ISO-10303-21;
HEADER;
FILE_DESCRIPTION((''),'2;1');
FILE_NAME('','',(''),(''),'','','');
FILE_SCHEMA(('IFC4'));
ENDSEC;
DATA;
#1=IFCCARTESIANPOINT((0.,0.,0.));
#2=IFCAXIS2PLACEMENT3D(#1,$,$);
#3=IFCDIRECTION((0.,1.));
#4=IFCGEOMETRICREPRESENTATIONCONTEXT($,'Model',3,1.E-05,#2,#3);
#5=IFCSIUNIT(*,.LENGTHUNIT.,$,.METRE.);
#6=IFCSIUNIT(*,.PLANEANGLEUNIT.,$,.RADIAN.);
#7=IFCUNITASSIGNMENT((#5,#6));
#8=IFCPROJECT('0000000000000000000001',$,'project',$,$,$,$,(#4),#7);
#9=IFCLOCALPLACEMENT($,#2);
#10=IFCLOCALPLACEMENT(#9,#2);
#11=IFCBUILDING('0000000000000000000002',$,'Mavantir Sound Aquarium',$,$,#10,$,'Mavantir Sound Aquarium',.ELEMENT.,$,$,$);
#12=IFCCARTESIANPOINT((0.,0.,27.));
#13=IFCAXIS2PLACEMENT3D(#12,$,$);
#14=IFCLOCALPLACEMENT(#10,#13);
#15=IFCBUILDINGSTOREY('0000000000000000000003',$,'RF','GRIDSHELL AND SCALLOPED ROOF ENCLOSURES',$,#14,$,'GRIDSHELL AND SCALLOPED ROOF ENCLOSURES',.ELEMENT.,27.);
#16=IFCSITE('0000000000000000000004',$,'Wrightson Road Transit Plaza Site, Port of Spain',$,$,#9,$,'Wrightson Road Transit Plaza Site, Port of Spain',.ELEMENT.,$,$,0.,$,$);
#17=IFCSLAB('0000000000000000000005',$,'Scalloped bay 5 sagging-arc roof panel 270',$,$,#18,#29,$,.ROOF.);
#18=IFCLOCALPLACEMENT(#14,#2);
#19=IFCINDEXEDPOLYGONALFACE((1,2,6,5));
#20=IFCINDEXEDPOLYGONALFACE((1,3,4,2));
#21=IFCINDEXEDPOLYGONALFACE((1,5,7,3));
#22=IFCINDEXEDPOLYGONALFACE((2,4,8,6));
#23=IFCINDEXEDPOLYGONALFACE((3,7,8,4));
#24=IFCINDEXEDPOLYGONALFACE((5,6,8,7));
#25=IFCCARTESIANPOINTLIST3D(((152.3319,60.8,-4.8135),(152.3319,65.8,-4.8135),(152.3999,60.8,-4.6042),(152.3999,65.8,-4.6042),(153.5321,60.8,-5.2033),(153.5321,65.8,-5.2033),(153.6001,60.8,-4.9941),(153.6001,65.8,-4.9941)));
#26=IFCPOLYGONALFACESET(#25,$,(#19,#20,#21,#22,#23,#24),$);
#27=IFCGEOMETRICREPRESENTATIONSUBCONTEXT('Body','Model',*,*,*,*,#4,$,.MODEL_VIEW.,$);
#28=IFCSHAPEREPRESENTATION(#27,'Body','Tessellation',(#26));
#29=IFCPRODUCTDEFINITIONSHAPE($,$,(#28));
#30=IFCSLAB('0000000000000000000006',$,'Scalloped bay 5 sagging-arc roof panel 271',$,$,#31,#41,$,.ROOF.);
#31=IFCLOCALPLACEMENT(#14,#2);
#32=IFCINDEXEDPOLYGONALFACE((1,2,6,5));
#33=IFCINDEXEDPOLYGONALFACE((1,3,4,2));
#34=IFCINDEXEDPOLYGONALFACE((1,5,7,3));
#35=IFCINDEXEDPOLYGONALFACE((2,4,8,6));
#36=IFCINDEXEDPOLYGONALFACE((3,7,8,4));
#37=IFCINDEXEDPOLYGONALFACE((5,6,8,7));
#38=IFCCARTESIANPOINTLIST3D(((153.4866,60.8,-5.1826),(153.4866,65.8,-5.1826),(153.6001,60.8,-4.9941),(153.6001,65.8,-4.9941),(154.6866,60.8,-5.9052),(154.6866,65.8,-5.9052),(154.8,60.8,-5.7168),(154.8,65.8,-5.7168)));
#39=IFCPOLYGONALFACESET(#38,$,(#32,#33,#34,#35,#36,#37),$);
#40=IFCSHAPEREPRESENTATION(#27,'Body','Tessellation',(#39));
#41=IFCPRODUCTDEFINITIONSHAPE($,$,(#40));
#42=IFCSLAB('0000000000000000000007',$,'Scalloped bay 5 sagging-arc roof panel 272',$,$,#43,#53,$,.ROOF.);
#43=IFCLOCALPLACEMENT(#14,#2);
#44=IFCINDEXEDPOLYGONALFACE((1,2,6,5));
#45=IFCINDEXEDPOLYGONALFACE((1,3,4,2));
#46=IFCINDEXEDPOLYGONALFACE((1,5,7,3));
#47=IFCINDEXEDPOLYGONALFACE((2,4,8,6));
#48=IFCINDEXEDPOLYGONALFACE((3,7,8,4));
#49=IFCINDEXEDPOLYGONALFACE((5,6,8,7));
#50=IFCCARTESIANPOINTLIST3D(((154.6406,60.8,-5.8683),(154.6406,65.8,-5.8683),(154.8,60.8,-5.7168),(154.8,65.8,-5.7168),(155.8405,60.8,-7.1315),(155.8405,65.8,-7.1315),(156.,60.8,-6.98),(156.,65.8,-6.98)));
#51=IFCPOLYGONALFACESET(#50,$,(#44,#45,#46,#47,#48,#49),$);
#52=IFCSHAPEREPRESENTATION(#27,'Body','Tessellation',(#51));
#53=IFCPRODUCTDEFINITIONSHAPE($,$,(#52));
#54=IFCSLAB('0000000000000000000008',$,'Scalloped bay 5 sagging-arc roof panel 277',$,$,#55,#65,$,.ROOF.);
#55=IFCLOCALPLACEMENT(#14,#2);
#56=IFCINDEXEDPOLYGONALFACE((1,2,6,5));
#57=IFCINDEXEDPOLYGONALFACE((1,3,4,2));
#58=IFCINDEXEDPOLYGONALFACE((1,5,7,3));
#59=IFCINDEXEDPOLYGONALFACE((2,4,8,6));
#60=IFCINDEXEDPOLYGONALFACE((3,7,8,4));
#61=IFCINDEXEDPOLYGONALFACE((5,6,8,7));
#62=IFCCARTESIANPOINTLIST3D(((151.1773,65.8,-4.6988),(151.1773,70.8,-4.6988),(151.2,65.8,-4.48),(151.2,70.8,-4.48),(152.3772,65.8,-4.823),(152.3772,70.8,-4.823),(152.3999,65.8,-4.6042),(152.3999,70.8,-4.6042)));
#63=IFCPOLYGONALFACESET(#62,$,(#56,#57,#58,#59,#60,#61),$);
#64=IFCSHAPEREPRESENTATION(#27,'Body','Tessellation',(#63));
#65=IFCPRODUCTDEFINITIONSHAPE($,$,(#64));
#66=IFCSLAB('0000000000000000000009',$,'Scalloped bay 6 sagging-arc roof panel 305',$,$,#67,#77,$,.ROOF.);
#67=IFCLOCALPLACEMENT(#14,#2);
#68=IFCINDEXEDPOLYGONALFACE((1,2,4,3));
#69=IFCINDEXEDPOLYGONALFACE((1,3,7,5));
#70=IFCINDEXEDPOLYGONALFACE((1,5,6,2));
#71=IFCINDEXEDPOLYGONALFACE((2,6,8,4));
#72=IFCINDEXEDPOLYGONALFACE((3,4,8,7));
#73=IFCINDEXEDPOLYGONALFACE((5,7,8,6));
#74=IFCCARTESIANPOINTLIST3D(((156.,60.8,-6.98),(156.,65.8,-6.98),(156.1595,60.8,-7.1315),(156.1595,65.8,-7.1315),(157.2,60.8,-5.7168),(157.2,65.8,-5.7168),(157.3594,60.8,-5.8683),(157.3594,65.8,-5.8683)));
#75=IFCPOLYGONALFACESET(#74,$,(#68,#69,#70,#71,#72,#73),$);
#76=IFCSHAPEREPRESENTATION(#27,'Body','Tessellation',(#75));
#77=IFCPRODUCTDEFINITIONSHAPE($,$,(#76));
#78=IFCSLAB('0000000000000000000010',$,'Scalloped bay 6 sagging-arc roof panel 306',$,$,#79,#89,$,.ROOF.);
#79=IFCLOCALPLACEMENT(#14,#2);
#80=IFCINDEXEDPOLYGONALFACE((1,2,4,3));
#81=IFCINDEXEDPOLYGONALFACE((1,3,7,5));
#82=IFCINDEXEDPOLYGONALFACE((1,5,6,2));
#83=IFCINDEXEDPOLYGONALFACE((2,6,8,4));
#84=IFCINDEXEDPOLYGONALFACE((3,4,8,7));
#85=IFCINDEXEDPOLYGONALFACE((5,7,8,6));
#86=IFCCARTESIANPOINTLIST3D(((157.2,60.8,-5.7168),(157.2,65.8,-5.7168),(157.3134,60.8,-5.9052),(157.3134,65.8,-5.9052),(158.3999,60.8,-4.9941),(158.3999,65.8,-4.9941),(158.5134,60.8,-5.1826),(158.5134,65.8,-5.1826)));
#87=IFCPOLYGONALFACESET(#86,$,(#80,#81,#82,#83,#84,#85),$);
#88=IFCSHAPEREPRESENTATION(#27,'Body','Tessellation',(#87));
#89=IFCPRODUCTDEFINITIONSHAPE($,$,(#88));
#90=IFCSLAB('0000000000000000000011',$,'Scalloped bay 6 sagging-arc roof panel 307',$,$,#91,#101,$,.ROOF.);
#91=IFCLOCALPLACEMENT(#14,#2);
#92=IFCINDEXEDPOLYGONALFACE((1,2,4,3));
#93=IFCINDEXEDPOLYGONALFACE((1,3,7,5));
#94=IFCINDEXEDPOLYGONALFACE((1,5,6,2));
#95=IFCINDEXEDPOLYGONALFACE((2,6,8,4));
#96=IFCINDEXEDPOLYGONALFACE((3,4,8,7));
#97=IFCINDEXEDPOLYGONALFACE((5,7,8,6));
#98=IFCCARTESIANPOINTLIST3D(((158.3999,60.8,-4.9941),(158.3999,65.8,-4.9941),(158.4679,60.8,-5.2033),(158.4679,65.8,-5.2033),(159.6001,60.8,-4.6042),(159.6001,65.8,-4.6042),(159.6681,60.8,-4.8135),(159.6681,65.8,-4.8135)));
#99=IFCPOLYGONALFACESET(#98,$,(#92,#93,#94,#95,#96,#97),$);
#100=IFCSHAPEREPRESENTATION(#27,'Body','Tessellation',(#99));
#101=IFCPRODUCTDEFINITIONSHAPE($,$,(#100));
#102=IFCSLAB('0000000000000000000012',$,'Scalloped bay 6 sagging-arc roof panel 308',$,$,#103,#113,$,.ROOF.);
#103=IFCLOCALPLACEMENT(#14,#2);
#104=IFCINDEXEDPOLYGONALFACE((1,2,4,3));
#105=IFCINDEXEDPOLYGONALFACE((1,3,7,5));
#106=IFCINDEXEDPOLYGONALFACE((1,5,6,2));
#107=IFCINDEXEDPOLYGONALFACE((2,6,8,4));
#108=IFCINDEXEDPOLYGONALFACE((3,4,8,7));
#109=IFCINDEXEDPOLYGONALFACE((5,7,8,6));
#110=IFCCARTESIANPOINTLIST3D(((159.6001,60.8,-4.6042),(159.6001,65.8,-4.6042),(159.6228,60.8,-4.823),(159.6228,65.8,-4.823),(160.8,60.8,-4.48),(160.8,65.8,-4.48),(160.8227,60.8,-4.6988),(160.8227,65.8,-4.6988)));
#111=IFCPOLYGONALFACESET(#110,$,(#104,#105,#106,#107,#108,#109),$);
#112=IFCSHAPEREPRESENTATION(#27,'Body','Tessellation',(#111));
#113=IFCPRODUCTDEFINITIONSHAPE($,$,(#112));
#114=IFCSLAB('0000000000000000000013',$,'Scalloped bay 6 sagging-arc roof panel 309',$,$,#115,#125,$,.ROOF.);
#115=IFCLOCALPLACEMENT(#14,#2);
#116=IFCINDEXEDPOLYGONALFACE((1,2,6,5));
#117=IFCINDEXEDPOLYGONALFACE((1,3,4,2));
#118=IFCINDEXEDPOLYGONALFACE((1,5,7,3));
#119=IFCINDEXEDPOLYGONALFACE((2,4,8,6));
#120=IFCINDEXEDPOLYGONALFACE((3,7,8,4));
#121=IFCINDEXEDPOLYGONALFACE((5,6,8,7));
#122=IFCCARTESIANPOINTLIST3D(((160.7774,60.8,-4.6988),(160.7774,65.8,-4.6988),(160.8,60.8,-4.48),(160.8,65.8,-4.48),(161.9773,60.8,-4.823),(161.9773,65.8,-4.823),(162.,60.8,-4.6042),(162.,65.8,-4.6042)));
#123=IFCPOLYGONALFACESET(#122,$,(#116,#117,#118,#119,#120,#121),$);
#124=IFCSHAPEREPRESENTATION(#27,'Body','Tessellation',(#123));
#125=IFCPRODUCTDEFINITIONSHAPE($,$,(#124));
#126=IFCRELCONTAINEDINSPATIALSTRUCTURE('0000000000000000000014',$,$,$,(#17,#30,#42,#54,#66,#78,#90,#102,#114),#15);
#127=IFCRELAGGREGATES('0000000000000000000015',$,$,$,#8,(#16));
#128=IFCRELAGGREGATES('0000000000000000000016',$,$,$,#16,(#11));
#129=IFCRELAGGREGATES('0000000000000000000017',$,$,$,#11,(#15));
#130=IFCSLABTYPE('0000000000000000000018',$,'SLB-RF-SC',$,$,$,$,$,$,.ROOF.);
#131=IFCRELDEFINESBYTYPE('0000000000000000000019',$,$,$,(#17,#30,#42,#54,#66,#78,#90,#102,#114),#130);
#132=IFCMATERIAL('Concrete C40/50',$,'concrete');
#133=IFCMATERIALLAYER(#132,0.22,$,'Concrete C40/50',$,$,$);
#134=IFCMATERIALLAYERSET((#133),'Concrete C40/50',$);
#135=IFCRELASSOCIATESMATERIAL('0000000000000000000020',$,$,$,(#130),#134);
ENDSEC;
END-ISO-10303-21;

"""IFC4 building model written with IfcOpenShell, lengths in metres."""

from ifc_helpers import new_model, si_unit, direction, frame, origin, place, context, subcontext, project, spatial, polyline, outline, extrude, material, layer, layer_set, type_object, element, save


model = new_model("IFC4")

# Units and contexts
model_context = context("Model", 3, precision=1e-05, world=origin(), true_north=direction((0.0, 1.0)))
body_context = subcontext(model_context, "Body", "Model", "MODEL_VIEW")
ifc_project = project(units=[si_unit("LENGTHUNIT", "METRE"), si_unit("PLANEANGLEUNIT", "RADIAN")], contexts=[model_context])

# Site, building, storey
site_placement = place(None, origin())
site = spatial("IfcSite", under=ifc_project, at=site_placement, Name="Wrightson Road Transit Plaza Site, Port of Spain", LongName="Wrightson Road Transit Plaza Site, Port of Spain", CompositionType="ELEMENT", RefElevation=0.0)
building_placement = place(site_placement, origin())
building = spatial("IfcBuilding", under=site, at=building_placement, Name="Mavantir Sound Aquarium", LongName="Mavantir Sound Aquarium", CompositionType="ELEMENT")
storey_placement = place(building_placement, frame((0.0, 0.0, 27.0)))
storey = spatial("IfcBuildingStorey", under=building, at=storey_placement, Name="RF", Description="GRIDSHELL AND SCALLOPED ROOF ENCLOSURES", LongName="GRIDSHELL AND SCALLOPED ROOF ENCLOSURES", CompositionType="ELEMENT", Elevation=27.0)

# Shared definitions
ifc_material_1 = material(Name="Concrete C40/50", Category="concrete")

# Slabs
ifc_layer_1 = layer(ifc_material_1, 0.22, Name="Concrete C40/50")
ifc_layer_set_1 = layer_set([ifc_layer_1], Name="Concrete C40/50")
slab_type = type_object("IfcSlabType", Name="SLB-RF-SC", PredefinedType="ROOF", material=ifc_layer_set_1)
slab_1_placement = place(storey_placement, frame((152.3999, 60.8, -4.6042), z_axis=(0.308964, 0.0, 0.951074), x_axis=(0.951074, 0.0, -0.308964)))
element("IfcSlab", 1, at=slab_1_placement, inside=storey, type_object=slab_type, Name="Scalloped bay 5 sagging-arc roof panel 270", PredefinedType="ROOF", context=body_context, shape_type="SweptSolid", body=[
    extrude(outline(polyline([(0.0, 0.0), (1.2619, 0.0), (1.2619, 5.0), (0.0, 5.0), (0.0, 0.0)])), origin(), (0.0, 0.0, -1.0), 0.22),
])
slab_2_placement = place(storey_placement, frame((153.6001, 60.8, -4.9941), z_axis=(0.515905, 0.0, 0.856646), x_axis=(0.856646, 0.0, -0.515905)))
element("IfcSlab", 2, at=slab_2_placement, inside=storey, type_object=slab_type, Name="Scalloped bay 5 sagging-arc roof panel 271", PredefinedType="ROOF", context=body_context, shape_type="SweptSolid", body=[
    extrude(outline(polyline([(0.0, 0.0), (1.4008, 0.0), (1.4008, 5.0), (0.0, 5.0), (0.0, 0.0)])), origin(), (0.0, 0.0, -1.0), 0.22),
])
slab_3_placement = place(storey_placement, frame((154.8, 60.8, -5.7168), z_axis=(0.72502, 0.0, 0.688727), x_axis=(0.688727, 0.0, -0.72502)))
element("IfcSlab", 3, at=slab_3_placement, inside=storey, type_object=slab_type, Name="Scalloped bay 5 sagging-arc roof panel 272", PredefinedType="ROOF", context=body_context, shape_type="SweptSolid", body=[
    extrude(outline(polyline([(0.0, 0.0), (1.7423, 0.0), (1.7423, 5.0), (0.0, 5.0), (0.0, 0.0)])), origin(), (0.0, 0.0, -1.0), 0.22),
])
slab_4_placement = place(storey_placement, frame((151.2, 65.8, -4.48), z_axis=(0.10301, 0.0, 0.99468), x_axis=(0.99468, 0.0, -0.10301)))
element("IfcSlab", 4, at=slab_4_placement, inside=storey, type_object=slab_type, Name="Scalloped bay 5 sagging-arc roof panel 277", PredefinedType="ROOF", context=body_context, shape_type="SweptSolid", body=[
    extrude(outline(polyline([(0.0, 0.0), (1.2064, 0.0), (1.2064, 5.0), (0.0, 5.0), (0.0, 0.0)])), origin(), (0.0, 0.0, -1.0), 0.22),
])
slab_5_placement = place(storey_placement, frame((156.0, 60.8, -6.98), z_axis=(-0.72502, 0.0, 0.688727), x_axis=(0.688727, 0.0, 0.72502)))
element("IfcSlab", 5, at=slab_5_placement, inside=storey, type_object=slab_type, Name="Scalloped bay 6 sagging-arc roof panel 305", PredefinedType="ROOF", context=body_context, shape_type="SweptSolid", body=[
    extrude(outline(polyline([(0.0, 0.0), (1.7423, 0.0), (1.7423, 5.0), (0.0, 5.0), (0.0, 0.0)])), origin(), (0.0, 0.0, -1.0), 0.22),
])
slab_6_placement = place(storey_placement, frame((157.2, 60.8, -5.7168), z_axis=(-0.515905, 0.0, 0.856646), x_axis=(0.856646, 0.0, 0.515905)))
element("IfcSlab", 6, at=slab_6_placement, inside=storey, type_object=slab_type, Name="Scalloped bay 6 sagging-arc roof panel 306", PredefinedType="ROOF", context=body_context, shape_type="SweptSolid", body=[
    extrude(outline(polyline([(0.0, 0.0), (1.4008, 0.0), (1.4008, 5.0), (0.0, 5.0), (0.0, 0.0)])), origin(), (0.0, 0.0, -1.0), 0.22),
])
slab_7_placement = place(storey_placement, frame((158.3999, 60.8, -4.9941), z_axis=(-0.308964, 0.0, 0.951074), x_axis=(0.951074, 0.0, 0.308964)))
element("IfcSlab", 7, at=slab_7_placement, inside=storey, type_object=slab_type, Name="Scalloped bay 6 sagging-arc roof panel 307", PredefinedType="ROOF", context=body_context, shape_type="SweptSolid", body=[
    extrude(outline(polyline([(0.0, 0.0), (1.2619, 0.0), (1.2619, 5.0), (0.0, 5.0), (0.0, 0.0)])), origin(), (0.0, 0.0, -1.0), 0.22),
])
for number, where, z_axis, x_axis, name in (
    (8, (159.6001, 60.8, -4.6042), (-0.10301, 0.0, 0.99468), (0.99468, 0.0, 0.10301), "Scalloped bay 6 sagging-arc roof panel 308"),
    (9, (160.8, 60.8, -4.48), (0.10301, 0.0, 0.99468), (0.99468, 0.0, -0.10301), "Scalloped bay 6 sagging-arc roof panel 309"),
):
    element("IfcSlab", number, at=place(storey_placement, frame(where, z_axis=z_axis, x_axis=x_axis)), inside=storey, type_object=slab_type, Name=name, PredefinedType="ROOF", context=body_context, shape_type="SweptSolid", body=[
        extrude(outline(polyline([(0.0, 0.0), (1.2064, 0.0), (1.2064, 5.0), (0.0, 5.0), (0.0, 0.0)])), origin(), (0.0, 0.0, -1.0), 0.22),
    ])

save(model, "model.ifc")
